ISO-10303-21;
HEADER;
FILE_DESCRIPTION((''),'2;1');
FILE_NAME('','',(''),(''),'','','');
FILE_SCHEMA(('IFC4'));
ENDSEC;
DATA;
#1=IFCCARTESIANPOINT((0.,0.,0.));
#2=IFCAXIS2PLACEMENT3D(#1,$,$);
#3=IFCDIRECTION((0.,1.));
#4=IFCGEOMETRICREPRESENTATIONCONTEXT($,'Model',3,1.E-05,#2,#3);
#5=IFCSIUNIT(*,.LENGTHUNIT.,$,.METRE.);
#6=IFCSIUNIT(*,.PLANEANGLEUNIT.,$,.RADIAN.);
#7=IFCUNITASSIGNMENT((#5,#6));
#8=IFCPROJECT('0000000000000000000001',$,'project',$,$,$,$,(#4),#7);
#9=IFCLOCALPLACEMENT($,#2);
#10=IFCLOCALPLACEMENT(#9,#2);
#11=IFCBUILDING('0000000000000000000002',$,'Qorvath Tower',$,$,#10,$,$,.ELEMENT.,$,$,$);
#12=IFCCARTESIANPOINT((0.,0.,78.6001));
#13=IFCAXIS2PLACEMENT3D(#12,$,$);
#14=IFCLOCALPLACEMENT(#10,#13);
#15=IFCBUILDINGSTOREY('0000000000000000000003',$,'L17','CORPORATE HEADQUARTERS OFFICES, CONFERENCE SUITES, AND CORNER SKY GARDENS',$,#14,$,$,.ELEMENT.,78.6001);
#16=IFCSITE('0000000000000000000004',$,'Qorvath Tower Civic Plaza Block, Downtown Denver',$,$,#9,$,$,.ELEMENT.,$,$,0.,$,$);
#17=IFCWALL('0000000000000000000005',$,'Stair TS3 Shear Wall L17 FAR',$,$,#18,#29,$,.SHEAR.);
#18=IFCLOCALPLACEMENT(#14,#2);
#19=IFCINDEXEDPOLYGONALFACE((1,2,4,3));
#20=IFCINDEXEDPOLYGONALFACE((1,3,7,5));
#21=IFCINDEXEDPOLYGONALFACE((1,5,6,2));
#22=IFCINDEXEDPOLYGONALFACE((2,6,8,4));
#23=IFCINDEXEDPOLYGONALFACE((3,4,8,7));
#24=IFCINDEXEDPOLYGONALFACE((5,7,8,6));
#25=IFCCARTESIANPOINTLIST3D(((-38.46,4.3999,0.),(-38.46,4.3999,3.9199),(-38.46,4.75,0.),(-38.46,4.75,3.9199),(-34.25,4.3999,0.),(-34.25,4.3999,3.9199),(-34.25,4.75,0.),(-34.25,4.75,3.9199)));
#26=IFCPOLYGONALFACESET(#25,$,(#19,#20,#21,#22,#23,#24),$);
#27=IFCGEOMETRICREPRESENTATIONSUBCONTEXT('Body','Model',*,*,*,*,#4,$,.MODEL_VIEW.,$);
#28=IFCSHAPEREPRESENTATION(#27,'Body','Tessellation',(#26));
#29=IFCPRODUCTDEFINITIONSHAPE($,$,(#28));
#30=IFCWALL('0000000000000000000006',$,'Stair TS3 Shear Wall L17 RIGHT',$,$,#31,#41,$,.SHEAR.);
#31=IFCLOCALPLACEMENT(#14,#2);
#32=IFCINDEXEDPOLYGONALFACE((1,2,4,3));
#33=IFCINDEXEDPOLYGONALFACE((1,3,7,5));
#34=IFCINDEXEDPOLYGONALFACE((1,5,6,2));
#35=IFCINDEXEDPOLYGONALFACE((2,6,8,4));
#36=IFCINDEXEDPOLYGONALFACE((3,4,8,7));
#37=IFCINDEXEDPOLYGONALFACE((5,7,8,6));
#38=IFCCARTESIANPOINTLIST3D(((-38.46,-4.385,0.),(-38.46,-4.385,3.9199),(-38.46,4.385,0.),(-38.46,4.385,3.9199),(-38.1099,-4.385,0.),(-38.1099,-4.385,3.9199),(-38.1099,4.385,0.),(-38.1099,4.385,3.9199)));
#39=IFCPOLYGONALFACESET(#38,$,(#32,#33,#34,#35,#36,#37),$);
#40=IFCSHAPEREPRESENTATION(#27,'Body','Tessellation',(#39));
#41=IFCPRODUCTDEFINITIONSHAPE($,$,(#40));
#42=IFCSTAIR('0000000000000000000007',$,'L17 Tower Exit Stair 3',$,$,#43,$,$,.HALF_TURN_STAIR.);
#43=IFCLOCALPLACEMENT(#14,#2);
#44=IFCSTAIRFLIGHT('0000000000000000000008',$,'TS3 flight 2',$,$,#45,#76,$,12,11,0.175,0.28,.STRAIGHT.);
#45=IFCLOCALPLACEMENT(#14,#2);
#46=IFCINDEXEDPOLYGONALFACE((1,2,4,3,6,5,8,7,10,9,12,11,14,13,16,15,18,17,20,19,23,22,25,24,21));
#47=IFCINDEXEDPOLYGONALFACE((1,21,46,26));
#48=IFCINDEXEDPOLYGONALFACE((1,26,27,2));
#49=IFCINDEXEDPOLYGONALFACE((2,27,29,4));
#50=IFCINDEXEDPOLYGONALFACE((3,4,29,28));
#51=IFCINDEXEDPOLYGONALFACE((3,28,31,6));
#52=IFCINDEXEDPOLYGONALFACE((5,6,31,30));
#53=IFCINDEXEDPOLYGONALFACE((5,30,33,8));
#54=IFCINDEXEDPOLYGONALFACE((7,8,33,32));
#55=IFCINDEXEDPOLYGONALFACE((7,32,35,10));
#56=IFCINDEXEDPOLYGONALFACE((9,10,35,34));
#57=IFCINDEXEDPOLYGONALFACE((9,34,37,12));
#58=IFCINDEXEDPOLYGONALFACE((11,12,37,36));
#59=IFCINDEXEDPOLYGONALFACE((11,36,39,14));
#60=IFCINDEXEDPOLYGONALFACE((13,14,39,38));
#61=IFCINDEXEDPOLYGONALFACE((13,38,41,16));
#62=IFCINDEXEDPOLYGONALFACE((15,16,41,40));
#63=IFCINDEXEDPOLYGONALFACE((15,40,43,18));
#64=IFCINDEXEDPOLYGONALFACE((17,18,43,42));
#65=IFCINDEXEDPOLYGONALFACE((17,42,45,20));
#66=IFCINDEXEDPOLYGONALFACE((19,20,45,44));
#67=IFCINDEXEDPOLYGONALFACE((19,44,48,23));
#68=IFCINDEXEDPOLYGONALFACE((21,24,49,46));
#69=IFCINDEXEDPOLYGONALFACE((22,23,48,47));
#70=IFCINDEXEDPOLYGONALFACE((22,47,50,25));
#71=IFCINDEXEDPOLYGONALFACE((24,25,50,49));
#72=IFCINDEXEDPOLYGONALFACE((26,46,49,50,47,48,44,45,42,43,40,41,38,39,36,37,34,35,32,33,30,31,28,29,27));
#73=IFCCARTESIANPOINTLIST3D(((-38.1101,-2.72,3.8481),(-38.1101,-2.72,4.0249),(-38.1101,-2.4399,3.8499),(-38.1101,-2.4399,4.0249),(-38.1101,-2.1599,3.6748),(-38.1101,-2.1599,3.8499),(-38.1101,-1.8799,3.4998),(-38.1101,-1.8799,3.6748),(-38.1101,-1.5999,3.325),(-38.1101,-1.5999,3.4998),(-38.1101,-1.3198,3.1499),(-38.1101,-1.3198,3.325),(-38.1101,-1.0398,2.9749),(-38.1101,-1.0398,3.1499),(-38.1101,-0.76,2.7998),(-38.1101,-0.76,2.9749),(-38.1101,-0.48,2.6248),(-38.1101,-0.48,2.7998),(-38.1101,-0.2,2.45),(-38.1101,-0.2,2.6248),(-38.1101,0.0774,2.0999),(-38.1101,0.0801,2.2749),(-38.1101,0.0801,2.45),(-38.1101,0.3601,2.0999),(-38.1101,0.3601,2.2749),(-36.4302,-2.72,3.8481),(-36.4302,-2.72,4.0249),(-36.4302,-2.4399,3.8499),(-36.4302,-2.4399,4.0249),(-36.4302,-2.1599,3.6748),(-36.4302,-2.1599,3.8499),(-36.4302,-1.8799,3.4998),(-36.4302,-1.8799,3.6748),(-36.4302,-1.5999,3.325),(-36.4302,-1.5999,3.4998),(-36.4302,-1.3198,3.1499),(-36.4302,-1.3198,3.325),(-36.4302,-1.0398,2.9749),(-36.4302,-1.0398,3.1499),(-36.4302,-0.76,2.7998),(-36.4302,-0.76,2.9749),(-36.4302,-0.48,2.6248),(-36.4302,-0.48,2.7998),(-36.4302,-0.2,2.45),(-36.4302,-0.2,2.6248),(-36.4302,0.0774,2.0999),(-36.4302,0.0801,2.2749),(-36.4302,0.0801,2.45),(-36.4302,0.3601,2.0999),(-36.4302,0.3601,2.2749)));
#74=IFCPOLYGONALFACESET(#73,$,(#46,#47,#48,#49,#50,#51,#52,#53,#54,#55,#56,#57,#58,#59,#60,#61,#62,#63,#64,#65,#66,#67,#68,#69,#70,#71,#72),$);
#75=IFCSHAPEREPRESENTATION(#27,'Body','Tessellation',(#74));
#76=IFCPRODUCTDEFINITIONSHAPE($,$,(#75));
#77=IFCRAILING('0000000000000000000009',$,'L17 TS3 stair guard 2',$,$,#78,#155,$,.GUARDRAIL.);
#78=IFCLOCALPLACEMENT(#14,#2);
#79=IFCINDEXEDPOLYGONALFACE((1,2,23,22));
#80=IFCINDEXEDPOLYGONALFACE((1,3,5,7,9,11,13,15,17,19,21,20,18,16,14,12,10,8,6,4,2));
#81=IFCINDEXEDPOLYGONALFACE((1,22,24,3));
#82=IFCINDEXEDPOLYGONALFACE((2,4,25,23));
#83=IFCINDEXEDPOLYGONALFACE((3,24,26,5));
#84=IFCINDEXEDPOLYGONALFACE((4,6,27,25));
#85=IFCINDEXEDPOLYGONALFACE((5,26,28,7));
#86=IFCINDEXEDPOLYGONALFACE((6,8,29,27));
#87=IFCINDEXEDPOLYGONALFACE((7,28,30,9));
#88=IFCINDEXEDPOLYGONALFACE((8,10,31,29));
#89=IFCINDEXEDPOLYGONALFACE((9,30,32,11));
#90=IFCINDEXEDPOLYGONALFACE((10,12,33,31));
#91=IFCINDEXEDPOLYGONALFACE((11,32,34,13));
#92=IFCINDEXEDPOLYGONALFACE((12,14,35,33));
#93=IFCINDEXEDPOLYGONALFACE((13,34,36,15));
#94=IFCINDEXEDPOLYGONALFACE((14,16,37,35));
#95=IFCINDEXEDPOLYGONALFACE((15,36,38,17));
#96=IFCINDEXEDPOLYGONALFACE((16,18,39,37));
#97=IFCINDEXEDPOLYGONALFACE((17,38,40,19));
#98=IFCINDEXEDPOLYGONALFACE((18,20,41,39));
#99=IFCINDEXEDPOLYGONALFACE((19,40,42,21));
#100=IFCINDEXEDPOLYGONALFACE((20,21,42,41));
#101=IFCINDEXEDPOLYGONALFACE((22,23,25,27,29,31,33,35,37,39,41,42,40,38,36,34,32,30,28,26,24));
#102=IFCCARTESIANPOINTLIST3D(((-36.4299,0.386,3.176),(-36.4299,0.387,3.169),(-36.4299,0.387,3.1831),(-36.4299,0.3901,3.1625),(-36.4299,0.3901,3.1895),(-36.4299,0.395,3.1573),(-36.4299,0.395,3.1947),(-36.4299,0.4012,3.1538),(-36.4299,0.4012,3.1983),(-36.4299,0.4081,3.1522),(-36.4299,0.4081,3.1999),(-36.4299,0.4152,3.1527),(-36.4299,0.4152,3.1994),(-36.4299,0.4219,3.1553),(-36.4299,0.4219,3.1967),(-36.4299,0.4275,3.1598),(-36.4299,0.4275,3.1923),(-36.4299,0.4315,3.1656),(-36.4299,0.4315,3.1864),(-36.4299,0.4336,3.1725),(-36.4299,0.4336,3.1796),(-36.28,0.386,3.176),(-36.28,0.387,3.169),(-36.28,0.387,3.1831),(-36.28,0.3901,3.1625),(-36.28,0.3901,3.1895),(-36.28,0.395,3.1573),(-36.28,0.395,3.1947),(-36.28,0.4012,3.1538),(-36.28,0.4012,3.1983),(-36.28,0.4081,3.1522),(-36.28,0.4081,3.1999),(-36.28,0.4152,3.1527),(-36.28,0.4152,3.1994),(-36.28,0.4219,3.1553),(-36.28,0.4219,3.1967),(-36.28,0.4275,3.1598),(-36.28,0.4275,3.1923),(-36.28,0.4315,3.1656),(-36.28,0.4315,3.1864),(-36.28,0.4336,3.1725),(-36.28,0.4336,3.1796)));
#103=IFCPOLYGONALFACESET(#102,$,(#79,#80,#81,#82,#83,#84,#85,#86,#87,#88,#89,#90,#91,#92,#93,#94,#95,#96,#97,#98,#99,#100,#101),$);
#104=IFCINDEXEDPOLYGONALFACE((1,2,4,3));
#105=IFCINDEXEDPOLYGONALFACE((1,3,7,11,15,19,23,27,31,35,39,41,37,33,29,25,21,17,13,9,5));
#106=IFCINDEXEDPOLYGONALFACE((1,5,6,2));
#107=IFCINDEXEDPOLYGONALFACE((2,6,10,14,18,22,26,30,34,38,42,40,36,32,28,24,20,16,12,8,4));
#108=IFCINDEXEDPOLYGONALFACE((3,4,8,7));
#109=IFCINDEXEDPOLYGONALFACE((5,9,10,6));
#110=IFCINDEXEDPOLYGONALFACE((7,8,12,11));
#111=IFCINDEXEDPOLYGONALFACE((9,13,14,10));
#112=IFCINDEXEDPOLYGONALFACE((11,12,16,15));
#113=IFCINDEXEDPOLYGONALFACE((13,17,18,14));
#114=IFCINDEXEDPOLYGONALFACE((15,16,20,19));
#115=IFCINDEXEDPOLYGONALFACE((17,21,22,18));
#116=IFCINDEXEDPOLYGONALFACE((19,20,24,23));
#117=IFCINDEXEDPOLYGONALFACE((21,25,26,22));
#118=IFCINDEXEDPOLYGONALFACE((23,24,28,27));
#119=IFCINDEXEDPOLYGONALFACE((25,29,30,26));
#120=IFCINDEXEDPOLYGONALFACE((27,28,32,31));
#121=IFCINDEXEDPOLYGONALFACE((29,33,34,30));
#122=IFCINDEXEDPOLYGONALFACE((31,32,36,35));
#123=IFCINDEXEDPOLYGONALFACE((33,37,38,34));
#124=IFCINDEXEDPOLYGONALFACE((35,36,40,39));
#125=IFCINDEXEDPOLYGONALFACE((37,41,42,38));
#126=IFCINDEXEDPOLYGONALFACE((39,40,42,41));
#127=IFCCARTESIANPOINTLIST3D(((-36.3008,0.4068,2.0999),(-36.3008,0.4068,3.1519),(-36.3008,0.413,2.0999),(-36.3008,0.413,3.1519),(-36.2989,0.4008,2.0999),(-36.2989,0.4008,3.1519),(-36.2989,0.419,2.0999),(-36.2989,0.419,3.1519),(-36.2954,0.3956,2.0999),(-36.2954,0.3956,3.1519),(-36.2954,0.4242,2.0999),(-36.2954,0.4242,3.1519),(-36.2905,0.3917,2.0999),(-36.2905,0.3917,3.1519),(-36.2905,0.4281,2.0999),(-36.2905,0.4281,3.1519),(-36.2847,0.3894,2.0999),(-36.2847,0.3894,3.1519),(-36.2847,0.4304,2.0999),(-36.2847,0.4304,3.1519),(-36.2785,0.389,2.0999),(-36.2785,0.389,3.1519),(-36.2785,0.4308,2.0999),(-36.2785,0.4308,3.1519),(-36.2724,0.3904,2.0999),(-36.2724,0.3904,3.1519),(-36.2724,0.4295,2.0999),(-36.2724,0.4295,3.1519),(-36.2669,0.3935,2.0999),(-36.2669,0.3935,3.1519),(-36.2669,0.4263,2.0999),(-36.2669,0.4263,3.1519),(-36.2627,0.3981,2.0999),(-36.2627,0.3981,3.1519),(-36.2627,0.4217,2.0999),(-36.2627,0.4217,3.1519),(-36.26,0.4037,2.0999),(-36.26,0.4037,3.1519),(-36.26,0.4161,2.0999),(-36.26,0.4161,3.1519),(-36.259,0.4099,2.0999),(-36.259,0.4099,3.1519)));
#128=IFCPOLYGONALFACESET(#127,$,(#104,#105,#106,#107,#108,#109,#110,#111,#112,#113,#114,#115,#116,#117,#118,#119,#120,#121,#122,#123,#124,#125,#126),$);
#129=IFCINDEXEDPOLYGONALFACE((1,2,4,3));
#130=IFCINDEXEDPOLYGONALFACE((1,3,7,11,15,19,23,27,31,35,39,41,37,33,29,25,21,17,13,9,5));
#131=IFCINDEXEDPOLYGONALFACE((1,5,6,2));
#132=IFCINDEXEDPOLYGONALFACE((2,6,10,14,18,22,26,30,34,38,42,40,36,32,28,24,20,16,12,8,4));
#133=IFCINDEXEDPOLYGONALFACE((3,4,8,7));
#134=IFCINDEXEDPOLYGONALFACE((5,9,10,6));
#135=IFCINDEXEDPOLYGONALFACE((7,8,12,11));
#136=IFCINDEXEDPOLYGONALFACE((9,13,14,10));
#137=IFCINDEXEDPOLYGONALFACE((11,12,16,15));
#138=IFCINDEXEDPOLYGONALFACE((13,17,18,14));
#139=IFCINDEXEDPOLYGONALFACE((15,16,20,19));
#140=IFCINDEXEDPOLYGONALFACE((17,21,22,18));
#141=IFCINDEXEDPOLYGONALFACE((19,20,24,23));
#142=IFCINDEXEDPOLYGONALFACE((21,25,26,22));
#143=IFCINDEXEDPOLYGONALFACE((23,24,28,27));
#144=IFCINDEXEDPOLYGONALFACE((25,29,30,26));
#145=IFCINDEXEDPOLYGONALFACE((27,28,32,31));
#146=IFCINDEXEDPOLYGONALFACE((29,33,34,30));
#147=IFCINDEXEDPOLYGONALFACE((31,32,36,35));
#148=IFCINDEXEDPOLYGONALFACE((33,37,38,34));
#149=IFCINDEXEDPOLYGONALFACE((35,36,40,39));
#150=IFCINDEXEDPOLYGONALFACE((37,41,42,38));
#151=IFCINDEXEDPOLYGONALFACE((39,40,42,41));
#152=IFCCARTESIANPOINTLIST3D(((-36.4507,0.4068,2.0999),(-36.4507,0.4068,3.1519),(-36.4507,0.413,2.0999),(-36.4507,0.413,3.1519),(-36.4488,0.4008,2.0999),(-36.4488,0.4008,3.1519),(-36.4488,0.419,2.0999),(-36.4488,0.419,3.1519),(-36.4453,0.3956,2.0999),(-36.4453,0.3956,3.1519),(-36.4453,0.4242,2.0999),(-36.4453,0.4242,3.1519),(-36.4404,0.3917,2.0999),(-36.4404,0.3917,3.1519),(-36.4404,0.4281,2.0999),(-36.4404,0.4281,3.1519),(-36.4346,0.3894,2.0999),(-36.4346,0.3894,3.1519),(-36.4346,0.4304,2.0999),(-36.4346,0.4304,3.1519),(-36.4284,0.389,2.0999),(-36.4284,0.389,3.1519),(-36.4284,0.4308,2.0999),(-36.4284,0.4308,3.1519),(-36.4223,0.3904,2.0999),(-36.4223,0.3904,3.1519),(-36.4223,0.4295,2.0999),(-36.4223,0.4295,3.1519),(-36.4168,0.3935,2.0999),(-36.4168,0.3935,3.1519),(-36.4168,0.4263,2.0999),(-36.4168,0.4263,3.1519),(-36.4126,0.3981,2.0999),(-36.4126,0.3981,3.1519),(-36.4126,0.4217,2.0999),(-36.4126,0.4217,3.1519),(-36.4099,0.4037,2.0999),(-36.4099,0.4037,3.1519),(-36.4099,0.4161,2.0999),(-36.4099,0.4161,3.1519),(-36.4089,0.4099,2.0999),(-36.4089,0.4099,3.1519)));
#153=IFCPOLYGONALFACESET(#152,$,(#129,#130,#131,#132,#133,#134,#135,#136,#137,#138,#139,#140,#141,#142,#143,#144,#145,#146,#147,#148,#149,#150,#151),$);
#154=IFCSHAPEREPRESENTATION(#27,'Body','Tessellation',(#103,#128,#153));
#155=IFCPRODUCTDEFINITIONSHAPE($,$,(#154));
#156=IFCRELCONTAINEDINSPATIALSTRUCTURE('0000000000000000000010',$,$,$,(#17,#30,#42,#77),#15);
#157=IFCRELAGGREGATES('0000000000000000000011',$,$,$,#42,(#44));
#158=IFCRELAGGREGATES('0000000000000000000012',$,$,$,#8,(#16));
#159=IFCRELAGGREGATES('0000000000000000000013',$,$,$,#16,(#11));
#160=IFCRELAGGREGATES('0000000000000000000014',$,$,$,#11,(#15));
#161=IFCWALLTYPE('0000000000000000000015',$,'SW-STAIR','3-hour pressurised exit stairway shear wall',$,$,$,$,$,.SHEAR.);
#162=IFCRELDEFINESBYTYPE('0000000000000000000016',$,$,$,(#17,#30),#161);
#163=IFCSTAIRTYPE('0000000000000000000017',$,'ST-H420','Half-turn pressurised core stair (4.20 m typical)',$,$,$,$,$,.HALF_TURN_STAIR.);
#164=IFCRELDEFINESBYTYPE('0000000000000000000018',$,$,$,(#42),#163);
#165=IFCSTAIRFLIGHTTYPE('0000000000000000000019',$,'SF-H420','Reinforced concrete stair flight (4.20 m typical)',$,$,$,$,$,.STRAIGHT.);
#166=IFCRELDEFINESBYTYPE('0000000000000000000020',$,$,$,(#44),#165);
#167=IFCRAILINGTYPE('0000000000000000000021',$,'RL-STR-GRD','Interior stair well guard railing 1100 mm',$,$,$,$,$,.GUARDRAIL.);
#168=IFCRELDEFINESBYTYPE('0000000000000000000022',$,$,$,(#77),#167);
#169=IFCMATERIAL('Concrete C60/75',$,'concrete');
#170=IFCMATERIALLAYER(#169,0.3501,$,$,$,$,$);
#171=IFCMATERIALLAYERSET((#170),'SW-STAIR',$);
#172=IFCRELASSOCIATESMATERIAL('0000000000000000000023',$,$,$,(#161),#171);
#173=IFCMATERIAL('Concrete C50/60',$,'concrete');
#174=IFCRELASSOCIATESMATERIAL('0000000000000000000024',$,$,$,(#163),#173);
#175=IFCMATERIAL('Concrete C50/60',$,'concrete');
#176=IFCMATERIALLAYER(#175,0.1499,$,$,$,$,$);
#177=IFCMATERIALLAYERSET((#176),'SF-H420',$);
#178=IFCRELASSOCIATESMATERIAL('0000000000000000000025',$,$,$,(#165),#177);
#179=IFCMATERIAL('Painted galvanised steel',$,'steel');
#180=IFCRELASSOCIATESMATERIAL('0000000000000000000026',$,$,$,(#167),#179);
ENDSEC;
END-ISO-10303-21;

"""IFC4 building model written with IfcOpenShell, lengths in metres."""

from ifc_helpers import new_model, si_unit, direction, frame, frame_2d, origin, origin_2d, place, context, subcontext, project, spatial, polyline, rectangle, circle, outline, extrude, material, layer, layer_set, type_object, element, aggregate, save


model = new_model("IFC4")

# Units and contexts
model_context = context("Model", 3, precision=1e-05, world=origin(), true_north=direction((0.0, 1.0)))
body_context = subcontext(model_context, "Body", "Model", "MODEL_VIEW")
ifc_project = project(units=[si_unit("LENGTHUNIT", "METRE"), si_unit("PLANEANGLEUNIT", "RADIAN")], contexts=[model_context])

# Site, building, storey
site_placement = place(None, origin())
site = spatial("IfcSite", under=ifc_project, at=site_placement, Name="Qorvath Tower Civic Plaza Block, Downtown Denver", CompositionType="ELEMENT", RefElevation=0.0)
building_placement = place(site_placement, origin())
building = spatial("IfcBuilding", under=site, at=building_placement, Name="Qorvath Tower", CompositionType="ELEMENT")
storey_placement = place(building_placement, frame((0.0, 0.0, 78.6001)))
storey = spatial("IfcBuildingStorey", under=building, at=storey_placement, Name="L17", Description="CORPORATE HEADQUARTERS OFFICES, CONFERENCE SUITES, AND CORNER SKY GARDENS", CompositionType="ELEMENT", Elevation=78.6001)

# Walls
ifc_material_1 = material(Name="Concrete C60/75", Category="concrete")
ifc_layer_1 = layer(ifc_material_1, 0.3501)
ifc_layer_set_1 = layer_set([ifc_layer_1], Name="SW-STAIR")
wall_type_1 = type_object("IfcWallType", Name="SW-STAIR", Description="3-hour pressurised exit stairway shear wall", PredefinedType="SHEAR", material=ifc_layer_set_1)
wall_1_placement = place(storey_placement, frame((-34.25, 4.575, 0.0), z_axis=(0.0, 0.0, 1.0), x_axis=(-1.0, 0.0, 0.0)))
element("IfcWall", 1, at=wall_1_placement, inside=storey, type_object=wall_type_1, Name="Stair TS3 Shear Wall L17 FAR", PredefinedType="SHEAR", context=body_context, shape_type="SweptSolid", body=[
    extrude(rectangle(XDim=4.21, YDim=0.3501, at=frame_2d((2.105, 0.0))), origin(), (0.0, 0.0, 1.0), 3.9199),
])
wall_2_placement = place(storey_placement, frame((-38.2849, 4.385, 0.0), z_axis=(0.0, 0.0, 1.0), x_axis=(0.0, -1.0, 0.0)))
element("IfcWall", 2, at=wall_2_placement, inside=storey, type_object=wall_type_1, Name="Stair TS3 Shear Wall L17 RIGHT", PredefinedType="SHEAR", context=body_context, shape_type="SweptSolid", body=[
    extrude(rectangle(XDim=8.77, YDim=0.3501, at=frame_2d((4.385, 0.0))), origin(), (0.0, 0.0, 1.0), 3.9199),
])

# Stair, stair flight
ifc_material_2 = material(Name="Concrete C50/60", Category="concrete")
stair_type = type_object("IfcStairType", Name="ST-H420", Description="Half-turn pressurised core stair (4.20 m typical)", PredefinedType="HALF_TURN_STAIR", material=ifc_material_2)
stair_placement = place(storey_placement, origin())
stair = element("IfcStair", 3, at=stair_placement, inside=storey, type_object=stair_type, Name="L17 Tower Exit Stair 3", PredefinedType="HALF_TURN_STAIR")
ifc_material_3 = material(Name="Concrete C50/60", Category="concrete")
ifc_layer_2 = layer(ifc_material_3, 0.1499)
ifc_layer_set_2 = layer_set([ifc_layer_2], Name="SF-H420")
stair_flight_type = type_object("IfcStairFlightType", Name="SF-H420", Description="Reinforced concrete stair flight (4.20 m typical)", PredefinedType="STRAIGHT", material=ifc_layer_set_2)
stair_flight_placement = place(storey_placement, frame((-37.27, 0.3601, 2.0999), z_axis=(0.0, 0.0, 1.0), x_axis=(0.0, -1.0, 0.0)))
stair_flight = element("IfcStairFlight", 4, at=stair_flight_placement, type_object=stair_flight_type, Name="TS3 flight 2", NumberOfRisers=12, NumberOfTreads=11, PredefinedType="STRAIGHT", RiserHeight=0.175, TreadLength=0.28, context=body_context, shape_type="SweptSolid", body=[
    extrude(outline(polyline([(0.0, 0.0), (0.0, 0.175), (0.28, 0.175), (0.28, 0.3501), (0.5601, 0.3501), (0.5601, 0.5249), (0.8401, 0.5249), (0.8401, 0.7), (1.1201, 0.7), (1.1201, 0.875), (1.3999, 0.875), (1.3999, 1.05), (1.6799, 1.05), (1.6799, 1.2251), (1.96, 1.2251), (1.96, 1.3999), (2.24, 1.3999), (2.24, 1.575), (2.52, 1.575), (2.52, 1.75), (2.8, 1.75), (2.8, 1.925), (3.0801, 1.925), (3.0801, 2.1001), (3.0801, 1.7483), (0.2827, 0.0), (0.0, 0.0)])), frame((0.0, 0.8398, 0.0), z_axis=(0.0, -1.0, 0.0), x_axis=(1.0, 0.0, 0.0)), (0.0, 0.0, 1.0), 1.6799),
])
aggregate(stair, [stair_flight])

# Railing
ifc_material_4 = material(Name="Painted galvanised steel", Category="steel")
railing_type_1 = type_object("IfcRailingType", Name="RL-STR-GRD", Description="Interior stair well guard railing 1100 mm", PredefinedType="GUARDRAIL", material=ifc_material_4)
railing_1_placement = place(storey_placement, frame((-36.28, 0.4099, 2.0999)))
element("IfcRailing", 5, at=railing_1_placement, inside=storey, type_object=railing_type_1, Name="L17 TS3 stair guard 2", PredefinedType="GUARDRAIL", context=body_context, shape_type="SweptSolid", body=[
    extrude(circle(Radius=0.0239, at=origin_2d()), frame((0.0, 0.0, 1.0762), z_axis=(-1.0, 0.0, 0.0), x_axis=(0.0, -1.0, 0.0)), (0.0, 0.0, 1.0), 0.1499),
    extrude(circle(Radius=0.021, at=origin_2d()), origin(), (0.0, 0.0, 1.0), 1.052),
    extrude(circle(Radius=0.021, at=origin_2d()), frame((-0.1499, 0.0, 0.0)), (0.0, 0.0, 1.0), 1.052),
])

save(model, "model.ifc")
